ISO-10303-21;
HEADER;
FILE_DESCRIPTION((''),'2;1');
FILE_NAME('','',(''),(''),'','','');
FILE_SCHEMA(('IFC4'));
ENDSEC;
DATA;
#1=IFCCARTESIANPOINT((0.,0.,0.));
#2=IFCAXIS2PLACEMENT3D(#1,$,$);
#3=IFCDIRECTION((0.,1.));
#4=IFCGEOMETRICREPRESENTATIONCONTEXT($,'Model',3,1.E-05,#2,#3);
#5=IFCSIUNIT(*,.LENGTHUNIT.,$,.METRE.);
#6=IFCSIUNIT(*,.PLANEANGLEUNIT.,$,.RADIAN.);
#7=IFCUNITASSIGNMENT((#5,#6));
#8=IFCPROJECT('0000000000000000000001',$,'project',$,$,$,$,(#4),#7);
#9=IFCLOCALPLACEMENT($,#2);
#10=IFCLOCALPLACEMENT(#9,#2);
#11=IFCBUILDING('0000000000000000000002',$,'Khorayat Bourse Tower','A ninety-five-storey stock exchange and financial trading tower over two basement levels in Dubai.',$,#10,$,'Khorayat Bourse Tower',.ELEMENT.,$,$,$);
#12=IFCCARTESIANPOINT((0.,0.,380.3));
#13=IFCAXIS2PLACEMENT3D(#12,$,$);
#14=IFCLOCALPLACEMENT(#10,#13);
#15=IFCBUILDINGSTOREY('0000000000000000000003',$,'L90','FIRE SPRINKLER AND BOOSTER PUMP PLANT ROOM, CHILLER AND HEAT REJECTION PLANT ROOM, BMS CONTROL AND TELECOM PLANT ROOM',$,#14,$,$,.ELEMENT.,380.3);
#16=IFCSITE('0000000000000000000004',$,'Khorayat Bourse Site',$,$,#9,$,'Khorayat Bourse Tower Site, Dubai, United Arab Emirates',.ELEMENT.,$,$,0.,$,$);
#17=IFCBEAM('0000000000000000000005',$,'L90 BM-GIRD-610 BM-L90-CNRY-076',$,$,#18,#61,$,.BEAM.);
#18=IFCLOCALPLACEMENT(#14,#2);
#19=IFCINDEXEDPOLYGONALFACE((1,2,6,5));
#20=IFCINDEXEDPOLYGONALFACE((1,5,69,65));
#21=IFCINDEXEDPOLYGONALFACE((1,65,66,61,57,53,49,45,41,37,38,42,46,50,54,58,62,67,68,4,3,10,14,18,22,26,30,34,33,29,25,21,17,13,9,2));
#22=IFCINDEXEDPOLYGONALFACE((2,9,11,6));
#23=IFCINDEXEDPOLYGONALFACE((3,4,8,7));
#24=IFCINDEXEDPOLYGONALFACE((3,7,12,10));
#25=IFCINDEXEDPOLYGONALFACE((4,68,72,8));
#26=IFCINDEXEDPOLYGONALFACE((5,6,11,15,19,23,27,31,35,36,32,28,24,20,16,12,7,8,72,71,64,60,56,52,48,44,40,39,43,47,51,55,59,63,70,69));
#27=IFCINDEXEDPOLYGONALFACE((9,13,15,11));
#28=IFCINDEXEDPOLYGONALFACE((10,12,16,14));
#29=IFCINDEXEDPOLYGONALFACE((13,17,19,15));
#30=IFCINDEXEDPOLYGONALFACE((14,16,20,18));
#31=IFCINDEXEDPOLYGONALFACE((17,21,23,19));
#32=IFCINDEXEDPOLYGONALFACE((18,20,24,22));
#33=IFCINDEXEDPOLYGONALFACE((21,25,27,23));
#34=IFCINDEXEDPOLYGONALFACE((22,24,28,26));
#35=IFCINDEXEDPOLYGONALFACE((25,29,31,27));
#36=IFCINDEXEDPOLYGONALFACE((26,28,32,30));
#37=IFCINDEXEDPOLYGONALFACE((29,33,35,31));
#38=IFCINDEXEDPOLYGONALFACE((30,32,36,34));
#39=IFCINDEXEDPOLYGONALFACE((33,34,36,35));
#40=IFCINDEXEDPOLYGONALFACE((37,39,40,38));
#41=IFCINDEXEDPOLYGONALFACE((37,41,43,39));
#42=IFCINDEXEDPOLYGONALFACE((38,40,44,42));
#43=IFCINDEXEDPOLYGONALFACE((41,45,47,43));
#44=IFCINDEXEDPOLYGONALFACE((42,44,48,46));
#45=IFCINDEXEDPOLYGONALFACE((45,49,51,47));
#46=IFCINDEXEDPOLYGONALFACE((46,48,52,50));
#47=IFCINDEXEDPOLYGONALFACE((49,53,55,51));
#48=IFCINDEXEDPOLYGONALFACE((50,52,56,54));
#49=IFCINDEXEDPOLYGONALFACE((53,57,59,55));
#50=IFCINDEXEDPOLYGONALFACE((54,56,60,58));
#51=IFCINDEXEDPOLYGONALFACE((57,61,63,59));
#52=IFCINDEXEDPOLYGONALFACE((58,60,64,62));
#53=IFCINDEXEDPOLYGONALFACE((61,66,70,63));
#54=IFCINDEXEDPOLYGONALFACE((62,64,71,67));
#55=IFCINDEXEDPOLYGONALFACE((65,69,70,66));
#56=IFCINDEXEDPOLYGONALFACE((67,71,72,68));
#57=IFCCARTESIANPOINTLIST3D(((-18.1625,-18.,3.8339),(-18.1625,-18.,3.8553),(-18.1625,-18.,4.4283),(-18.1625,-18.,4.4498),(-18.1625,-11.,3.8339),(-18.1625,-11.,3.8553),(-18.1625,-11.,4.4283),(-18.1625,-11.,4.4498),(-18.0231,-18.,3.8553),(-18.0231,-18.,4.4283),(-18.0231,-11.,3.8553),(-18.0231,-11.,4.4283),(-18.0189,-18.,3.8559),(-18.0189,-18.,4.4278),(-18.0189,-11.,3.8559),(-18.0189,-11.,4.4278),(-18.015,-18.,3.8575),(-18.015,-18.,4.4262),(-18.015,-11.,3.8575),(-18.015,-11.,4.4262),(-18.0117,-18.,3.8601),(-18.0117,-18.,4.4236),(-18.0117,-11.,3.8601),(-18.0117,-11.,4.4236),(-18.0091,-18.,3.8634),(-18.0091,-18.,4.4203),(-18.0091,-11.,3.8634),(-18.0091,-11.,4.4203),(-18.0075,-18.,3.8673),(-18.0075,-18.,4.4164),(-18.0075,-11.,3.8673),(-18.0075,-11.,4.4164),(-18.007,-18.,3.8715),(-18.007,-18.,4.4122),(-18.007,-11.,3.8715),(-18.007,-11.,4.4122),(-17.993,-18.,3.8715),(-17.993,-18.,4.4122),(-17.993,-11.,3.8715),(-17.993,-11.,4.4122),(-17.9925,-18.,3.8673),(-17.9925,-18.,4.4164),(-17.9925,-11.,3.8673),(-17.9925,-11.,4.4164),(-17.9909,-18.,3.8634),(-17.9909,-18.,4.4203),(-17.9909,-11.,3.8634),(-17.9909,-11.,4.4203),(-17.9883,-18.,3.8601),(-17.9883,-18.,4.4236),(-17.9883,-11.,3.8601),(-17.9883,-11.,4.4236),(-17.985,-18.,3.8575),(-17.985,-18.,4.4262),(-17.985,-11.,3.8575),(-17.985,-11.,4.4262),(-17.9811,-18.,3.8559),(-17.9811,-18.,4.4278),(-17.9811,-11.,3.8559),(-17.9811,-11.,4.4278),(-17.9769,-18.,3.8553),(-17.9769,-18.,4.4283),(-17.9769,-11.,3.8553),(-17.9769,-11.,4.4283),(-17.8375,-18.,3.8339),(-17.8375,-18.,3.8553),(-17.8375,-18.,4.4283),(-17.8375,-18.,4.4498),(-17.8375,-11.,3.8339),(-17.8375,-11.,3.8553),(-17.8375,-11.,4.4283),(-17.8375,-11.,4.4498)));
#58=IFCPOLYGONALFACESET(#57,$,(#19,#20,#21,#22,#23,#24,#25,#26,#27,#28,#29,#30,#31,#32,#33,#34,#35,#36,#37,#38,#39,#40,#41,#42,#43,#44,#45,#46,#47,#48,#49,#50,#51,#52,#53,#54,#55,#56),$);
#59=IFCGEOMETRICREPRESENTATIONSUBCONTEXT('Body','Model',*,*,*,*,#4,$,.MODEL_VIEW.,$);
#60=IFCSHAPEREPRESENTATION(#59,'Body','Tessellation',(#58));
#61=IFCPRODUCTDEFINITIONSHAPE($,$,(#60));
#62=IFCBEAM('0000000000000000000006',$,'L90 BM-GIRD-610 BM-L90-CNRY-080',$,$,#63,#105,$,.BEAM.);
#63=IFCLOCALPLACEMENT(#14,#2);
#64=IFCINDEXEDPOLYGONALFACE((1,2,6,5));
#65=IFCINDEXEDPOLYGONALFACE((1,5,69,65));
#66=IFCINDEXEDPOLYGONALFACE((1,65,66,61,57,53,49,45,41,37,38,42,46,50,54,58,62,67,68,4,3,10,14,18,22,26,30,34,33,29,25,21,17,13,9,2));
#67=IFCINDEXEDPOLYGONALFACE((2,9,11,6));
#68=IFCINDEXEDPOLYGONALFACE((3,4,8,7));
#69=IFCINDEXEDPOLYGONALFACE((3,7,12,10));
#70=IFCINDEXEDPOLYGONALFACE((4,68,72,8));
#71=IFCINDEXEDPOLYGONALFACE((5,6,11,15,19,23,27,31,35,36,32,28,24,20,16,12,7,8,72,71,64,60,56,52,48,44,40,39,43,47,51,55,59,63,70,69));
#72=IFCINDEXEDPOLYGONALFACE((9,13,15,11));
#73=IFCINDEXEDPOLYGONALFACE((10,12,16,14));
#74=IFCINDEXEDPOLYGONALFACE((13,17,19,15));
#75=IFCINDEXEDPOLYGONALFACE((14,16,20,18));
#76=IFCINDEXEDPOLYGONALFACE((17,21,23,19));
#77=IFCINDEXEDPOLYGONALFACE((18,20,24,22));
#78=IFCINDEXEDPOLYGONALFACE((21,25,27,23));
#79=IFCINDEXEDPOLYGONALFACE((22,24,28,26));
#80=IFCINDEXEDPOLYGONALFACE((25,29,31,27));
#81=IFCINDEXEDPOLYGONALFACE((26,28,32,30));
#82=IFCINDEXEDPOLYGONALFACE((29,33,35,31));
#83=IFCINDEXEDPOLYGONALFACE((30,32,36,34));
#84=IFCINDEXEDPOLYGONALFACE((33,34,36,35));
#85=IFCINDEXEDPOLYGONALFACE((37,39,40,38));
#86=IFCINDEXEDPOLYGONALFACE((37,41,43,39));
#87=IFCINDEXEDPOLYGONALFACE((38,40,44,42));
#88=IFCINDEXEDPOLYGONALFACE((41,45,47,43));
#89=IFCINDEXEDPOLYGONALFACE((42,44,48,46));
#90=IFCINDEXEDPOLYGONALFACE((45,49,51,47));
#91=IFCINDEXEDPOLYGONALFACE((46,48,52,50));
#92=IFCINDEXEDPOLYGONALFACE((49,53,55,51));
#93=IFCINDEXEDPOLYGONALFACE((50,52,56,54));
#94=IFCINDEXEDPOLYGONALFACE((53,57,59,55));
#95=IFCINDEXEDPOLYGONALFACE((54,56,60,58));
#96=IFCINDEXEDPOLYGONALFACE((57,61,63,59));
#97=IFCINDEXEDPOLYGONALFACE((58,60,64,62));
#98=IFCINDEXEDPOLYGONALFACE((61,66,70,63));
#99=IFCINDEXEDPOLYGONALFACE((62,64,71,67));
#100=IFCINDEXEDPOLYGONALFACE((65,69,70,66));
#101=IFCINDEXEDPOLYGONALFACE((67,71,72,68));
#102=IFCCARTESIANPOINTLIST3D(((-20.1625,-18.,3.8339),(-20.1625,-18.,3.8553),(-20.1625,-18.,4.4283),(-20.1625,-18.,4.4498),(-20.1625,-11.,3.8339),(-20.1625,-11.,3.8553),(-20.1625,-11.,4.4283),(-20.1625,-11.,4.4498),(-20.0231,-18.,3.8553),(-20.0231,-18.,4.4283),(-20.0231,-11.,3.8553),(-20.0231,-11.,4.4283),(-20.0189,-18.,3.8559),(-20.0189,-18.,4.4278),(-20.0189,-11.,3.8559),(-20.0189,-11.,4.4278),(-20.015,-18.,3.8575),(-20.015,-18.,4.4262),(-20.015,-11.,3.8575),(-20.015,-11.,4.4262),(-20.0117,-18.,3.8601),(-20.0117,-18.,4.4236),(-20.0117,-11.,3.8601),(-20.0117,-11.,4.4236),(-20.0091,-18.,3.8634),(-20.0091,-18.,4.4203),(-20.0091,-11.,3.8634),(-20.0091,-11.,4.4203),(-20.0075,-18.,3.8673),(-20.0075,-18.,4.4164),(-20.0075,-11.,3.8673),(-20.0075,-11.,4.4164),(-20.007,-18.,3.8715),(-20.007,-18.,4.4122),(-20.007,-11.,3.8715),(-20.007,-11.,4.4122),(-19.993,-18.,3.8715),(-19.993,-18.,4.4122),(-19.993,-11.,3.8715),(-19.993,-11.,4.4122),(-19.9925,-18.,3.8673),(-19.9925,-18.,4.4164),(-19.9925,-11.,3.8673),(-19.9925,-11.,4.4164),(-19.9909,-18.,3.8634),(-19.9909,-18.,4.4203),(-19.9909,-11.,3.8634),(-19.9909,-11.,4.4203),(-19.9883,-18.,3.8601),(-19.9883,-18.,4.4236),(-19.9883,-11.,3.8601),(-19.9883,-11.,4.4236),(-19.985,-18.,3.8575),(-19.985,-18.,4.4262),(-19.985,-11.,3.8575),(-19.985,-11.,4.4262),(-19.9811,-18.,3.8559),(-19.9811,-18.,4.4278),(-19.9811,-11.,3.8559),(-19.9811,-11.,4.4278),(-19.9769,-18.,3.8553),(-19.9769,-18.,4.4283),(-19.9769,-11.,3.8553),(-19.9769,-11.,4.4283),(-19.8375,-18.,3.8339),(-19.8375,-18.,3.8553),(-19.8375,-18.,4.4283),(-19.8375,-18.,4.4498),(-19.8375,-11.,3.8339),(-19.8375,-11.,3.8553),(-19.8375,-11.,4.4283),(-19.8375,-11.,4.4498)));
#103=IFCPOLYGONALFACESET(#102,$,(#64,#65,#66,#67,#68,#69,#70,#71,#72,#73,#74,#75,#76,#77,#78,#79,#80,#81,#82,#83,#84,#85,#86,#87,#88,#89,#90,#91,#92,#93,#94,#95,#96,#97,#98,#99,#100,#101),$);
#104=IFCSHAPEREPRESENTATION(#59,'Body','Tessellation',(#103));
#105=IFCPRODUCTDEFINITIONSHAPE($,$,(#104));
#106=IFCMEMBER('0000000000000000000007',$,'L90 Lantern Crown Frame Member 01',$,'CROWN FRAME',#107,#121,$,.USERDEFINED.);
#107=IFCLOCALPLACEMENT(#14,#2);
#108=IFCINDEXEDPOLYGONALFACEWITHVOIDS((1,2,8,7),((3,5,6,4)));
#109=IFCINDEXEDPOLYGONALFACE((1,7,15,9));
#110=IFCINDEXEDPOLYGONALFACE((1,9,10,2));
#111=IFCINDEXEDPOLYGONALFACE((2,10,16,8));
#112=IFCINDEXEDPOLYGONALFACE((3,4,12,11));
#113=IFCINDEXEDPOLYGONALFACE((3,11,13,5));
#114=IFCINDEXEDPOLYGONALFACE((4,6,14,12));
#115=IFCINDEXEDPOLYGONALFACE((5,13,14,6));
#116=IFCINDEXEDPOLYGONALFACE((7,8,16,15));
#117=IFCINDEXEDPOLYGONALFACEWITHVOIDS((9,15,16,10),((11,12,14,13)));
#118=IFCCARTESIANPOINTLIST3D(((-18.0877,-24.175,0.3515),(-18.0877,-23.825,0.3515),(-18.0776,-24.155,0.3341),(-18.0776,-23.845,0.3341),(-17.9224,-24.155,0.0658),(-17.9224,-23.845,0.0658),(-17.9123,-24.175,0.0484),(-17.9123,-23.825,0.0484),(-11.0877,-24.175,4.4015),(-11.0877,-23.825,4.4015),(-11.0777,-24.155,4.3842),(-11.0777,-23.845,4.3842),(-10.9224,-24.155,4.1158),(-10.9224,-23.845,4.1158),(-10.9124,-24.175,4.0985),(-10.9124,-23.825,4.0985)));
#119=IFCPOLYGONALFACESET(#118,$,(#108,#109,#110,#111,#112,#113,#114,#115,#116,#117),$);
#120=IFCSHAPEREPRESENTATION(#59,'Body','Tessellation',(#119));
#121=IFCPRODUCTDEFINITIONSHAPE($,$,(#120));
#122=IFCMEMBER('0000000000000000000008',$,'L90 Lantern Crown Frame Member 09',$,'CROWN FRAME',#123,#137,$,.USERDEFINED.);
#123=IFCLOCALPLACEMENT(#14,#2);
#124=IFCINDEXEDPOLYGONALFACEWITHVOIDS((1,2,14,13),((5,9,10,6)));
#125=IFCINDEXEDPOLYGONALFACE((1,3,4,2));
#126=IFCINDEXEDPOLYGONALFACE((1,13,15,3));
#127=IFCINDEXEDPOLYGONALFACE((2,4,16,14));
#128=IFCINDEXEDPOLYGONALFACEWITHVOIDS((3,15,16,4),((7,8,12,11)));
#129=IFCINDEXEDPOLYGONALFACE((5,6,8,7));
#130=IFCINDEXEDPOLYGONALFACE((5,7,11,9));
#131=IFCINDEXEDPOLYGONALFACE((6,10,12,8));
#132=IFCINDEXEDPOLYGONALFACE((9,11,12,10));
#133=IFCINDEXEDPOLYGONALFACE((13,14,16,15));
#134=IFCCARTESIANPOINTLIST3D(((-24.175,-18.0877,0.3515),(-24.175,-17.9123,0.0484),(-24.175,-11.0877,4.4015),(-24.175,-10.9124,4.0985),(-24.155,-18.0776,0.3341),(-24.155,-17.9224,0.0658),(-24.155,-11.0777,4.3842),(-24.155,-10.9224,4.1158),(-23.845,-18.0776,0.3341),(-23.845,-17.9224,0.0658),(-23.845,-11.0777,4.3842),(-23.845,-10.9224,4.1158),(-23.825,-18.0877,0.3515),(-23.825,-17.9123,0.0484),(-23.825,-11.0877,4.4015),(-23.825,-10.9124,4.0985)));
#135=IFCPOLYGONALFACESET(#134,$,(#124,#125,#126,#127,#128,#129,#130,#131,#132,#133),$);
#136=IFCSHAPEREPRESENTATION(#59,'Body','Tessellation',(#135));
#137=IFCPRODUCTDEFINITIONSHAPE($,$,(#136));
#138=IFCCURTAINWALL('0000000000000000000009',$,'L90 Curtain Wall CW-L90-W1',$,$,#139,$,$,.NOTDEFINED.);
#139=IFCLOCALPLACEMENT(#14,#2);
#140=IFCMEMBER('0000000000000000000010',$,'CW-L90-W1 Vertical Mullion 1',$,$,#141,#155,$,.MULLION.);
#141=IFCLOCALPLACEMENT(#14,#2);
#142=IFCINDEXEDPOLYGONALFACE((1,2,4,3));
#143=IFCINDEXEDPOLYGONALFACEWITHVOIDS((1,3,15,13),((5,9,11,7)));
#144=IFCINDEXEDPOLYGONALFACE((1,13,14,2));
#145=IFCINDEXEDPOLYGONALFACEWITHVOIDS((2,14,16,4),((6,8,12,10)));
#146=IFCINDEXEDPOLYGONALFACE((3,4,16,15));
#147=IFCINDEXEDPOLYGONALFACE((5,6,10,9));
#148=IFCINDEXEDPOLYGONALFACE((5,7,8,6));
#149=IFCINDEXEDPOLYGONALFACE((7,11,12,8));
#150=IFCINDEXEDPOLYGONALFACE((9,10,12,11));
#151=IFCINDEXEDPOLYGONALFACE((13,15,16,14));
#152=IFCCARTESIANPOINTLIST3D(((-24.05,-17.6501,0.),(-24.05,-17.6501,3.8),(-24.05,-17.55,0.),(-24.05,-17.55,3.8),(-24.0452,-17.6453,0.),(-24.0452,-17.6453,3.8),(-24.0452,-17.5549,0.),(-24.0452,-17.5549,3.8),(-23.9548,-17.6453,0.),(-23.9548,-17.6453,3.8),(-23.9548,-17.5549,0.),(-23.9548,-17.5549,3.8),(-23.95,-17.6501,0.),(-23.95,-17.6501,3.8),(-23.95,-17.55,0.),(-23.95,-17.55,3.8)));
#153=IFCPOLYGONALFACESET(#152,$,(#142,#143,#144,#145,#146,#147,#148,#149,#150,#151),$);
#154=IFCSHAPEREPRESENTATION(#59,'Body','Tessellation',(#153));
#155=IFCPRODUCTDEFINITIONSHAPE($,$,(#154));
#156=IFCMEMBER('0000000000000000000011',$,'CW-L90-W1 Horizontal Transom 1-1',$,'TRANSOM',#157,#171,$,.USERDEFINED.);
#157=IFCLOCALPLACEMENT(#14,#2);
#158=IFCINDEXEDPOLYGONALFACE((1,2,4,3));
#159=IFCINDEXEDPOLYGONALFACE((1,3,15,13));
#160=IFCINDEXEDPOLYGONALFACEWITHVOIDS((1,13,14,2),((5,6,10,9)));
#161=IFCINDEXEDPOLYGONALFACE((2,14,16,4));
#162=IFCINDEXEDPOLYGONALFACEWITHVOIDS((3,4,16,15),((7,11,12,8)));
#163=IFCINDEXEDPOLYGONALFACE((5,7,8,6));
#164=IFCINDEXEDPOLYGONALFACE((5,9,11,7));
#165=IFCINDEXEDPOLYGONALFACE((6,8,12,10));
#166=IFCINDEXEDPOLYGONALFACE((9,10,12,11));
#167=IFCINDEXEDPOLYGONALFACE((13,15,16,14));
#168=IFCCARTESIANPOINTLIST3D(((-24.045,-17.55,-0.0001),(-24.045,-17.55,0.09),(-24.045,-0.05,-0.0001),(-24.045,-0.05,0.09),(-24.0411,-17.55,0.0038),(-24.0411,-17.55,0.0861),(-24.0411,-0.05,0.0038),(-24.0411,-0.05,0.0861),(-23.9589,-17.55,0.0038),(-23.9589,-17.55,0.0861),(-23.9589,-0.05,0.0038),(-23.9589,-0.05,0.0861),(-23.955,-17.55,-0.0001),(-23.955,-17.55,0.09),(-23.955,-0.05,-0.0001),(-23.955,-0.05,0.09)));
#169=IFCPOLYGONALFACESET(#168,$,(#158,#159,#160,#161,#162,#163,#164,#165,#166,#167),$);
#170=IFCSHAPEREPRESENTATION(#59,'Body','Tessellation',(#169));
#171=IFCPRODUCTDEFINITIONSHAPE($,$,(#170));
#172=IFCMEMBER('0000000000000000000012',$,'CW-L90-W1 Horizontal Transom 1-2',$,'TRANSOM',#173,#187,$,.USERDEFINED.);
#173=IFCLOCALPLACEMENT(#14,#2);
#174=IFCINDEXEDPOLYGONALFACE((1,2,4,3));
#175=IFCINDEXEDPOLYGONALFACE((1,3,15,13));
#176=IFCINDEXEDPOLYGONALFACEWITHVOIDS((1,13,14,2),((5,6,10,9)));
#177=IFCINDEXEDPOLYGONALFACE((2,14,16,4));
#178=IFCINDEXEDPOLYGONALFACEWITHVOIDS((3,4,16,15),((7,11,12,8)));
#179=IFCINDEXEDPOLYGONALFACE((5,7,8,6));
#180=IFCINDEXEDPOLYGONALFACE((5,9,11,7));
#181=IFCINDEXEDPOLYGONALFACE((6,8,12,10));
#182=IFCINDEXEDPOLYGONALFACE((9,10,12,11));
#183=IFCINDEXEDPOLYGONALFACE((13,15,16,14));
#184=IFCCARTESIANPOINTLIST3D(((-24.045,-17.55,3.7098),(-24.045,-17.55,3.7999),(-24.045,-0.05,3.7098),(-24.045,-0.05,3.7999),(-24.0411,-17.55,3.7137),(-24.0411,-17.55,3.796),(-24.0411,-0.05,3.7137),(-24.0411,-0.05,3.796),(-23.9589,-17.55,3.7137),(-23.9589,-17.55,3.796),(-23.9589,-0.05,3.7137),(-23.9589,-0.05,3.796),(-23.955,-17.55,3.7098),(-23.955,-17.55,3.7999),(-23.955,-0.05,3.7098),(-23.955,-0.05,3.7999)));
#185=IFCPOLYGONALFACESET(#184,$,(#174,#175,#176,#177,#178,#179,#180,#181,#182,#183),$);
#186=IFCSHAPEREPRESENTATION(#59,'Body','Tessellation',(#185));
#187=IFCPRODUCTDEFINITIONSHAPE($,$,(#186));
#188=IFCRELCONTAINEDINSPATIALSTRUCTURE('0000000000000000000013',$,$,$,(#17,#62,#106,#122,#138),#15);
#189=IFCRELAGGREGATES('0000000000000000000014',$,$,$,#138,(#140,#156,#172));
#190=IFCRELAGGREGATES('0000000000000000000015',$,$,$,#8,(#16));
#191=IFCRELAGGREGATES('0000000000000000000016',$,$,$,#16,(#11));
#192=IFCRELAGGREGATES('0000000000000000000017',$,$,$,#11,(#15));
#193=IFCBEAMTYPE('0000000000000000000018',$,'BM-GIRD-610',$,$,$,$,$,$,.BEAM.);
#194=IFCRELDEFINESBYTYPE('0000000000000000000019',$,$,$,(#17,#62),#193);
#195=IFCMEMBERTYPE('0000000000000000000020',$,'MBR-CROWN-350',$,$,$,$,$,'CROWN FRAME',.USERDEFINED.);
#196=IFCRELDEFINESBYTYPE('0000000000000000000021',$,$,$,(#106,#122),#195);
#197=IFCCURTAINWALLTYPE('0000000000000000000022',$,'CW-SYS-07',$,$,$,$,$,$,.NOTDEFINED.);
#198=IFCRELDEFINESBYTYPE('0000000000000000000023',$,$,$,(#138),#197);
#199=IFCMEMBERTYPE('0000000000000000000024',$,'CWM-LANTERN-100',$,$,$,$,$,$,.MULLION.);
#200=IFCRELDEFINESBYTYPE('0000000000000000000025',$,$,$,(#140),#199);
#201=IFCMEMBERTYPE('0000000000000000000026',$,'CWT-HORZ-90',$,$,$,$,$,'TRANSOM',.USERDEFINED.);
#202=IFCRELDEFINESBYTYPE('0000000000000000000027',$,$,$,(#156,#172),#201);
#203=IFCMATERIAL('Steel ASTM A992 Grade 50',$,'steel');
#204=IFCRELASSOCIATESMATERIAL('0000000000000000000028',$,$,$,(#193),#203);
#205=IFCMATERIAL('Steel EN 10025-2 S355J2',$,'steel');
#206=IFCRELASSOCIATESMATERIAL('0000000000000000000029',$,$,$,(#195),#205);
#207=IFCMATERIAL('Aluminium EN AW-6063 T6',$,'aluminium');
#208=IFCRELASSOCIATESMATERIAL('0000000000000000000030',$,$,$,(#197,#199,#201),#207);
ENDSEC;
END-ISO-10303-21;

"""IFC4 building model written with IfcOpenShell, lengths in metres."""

from ifc_helpers import new_model, si_unit, direction, frame, origin, origin_2d, place, context, subcontext, project, spatial, hollow_rectangle, i_section, extrude, source, transform, mapped, material, material_profile, profile_set, type_object, element, aggregate, save


model = new_model("IFC4")

# Units and contexts
model_context = context("Model", 3, precision=1e-05, world=origin(), true_north=direction((0.0, 1.0)))
body_context = subcontext(model_context, "Body", "Model", "MODEL_VIEW")
ifc_project = project(units=[si_unit("LENGTHUNIT", "METRE"), si_unit("PLANEANGLEUNIT", "RADIAN")], contexts=[model_context])

# Site, building, storey
site_placement = place(None, origin())
site = spatial("IfcSite", under=ifc_project, at=site_placement, Name="Khorayat Bourse Site", LongName="Khorayat Bourse Tower Site, Dubai, United Arab Emirates", CompositionType="ELEMENT", RefElevation=0.0)
building_placement = place(site_placement, origin())
building = spatial("IfcBuilding", under=site, at=building_placement, Name="Khorayat Bourse Tower", Description="A ninety-five-storey stock exchange and financial trading tower over two basement levels in Dubai.", LongName="Khorayat Bourse Tower", CompositionType="ELEMENT")
storey_placement = place(building_placement, frame((0.0, 0.0, 380.3)))
storey = spatial("IfcBuildingStorey", under=building, at=storey_placement, Name="L90", Description="FIRE SPRINKLER AND BOOSTER PUMP PLANT ROOM, CHILLER AND HEAT REJECTION PLANT ROOM, BMS CONTROL AND TELECOM PLANT ROOM", CompositionType="ELEMENT", Elevation=380.3)

# Shared definitions
ifc_material_1 = material(Name="Steel EN 10025-2 S355J2", Category="steel")

# Beams
ifc_material_2 = material(Name="Steel ASTM A992 Grade 50", Category="steel")
ifc_material_profile_1 = material_profile(ifc_material_2, i_section(OverallWidth=0.325, OverallDepth=0.616, WebThickness=0.0139, FlangeThickness=0.0215, FilletRadius=0.0161, at=origin_2d()), Name="W610X174")
ifc_profile_set_1 = profile_set([ifc_material_profile_1], Name="Steel ASTM A992 Grade 50")
beam_type_1 = type_object("IfcBeamType", Name="BM-GIRD-610", PredefinedType="BEAM", material=ifc_profile_set_1)
shared_shape_1 = source(origin(), body_context, "Body", "SweptSolid", [
    extrude(i_section(OverallWidth=0.325, OverallDepth=0.616, WebThickness=0.0139, FlangeThickness=0.0215, FilletRadius=0.0161, at=origin_2d()), origin(), (0.0, 0.0, 1.0), 7.0),
])
for number, where, z_axis, x_axis, name in (
    (1, (-18.0, -18.0, 4.1418), (0.0, 1.0, 0.0), (-1.0, 0.0, 0.0), "L90 BM-GIRD-610 BM-L90-CNRY-076"),
    (2, (-20.0, -18.0, 4.1418), (0.0, 1.0, 0.0), (-1.0, 0.0, 0.0), "L90 BM-GIRD-610 BM-L90-CNRY-080"),
):
    element("IfcBeam", number, at=place(storey_placement, frame(where, z_axis=z_axis, x_axis=x_axis)), inside=storey, type_object=beam_type_1, Name=name, PredefinedType="BEAM", context=body_context, shape_type="MappedRepresentation", body=[
        mapped(shared_shape_1, transform((0.0, 0.0, 0.0), scale=1.0)),
    ])

# Members
ifc_material_profile_2 = material_profile(ifc_material_1, hollow_rectangle(XDim=0.3501, YDim=0.3501, WallThickness=0.02, at=origin_2d()), Name="HSS 350x350x20")
ifc_profile_set_2 = profile_set([ifc_material_profile_2], Name="Steel EN 10025-2 S355J2")
member_type_1 = type_object("IfcMemberType", Name="MBR-CROWN-350", ElementType="CROWN FRAME", PredefinedType="USERDEFINED", material=ifc_profile_set_2)
shared_shape_2 = source(origin(), body_context, "Body", "SweptSolid", [
    extrude(hollow_rectangle(XDim=0.3501, YDim=0.3501, WallThickness=0.02, at=origin_2d()), origin(), (0.0, 0.0, 1.0), 8.0872),
])
for number, where, z_axis, x_axis, name in (
    (3, (-18.0, -24.0, 0.2), (0.865565, 0.0, 0.500797), (0.0, 1.0, 0.0), "L90 Lantern Crown Frame Member 01"),
    (4, (-24.0, -18.0, 0.2), (0.0, 0.865565, 0.500797), (-1.0, 0.0, 0.0), "L90 Lantern Crown Frame Member 09"),
):
    element("IfcMember", number, at=place(storey_placement, frame(where, z_axis=z_axis, x_axis=x_axis)), inside=storey, type_object=member_type_1, Name=name, ObjectType="CROWN FRAME", PredefinedType="USERDEFINED", context=body_context, shape_type="MappedRepresentation", body=[
        mapped(shared_shape_2, transform((0.0, 0.0, 0.0), scale=1.0)),
    ])

# Curtain wall, members
ifc_material_3 = material(Name="Aluminium EN AW-6063 T6", Category="aluminium")
curtain_wall_type = type_object("IfcCurtainWallType", Name="CW-SYS-07", PredefinedType="NOTDEFINED", material=ifc_material_3)
curtain_wall_placement = place(storey_placement, origin())
curtain_wall = element("IfcCurtainWall", 5, at=curtain_wall_placement, inside=storey, type_object=curtain_wall_type, Name="L90 Curtain Wall CW-L90-W1", PredefinedType="NOTDEFINED")
ifc_material_profile_3 = material_profile(ifc_material_3, hollow_rectangle(XDim=0.1001, YDim=0.1001, WallThickness=0.0049, at=origin_2d()), Name="ALU 100x100x5")
ifc_profile_set_3 = profile_set([ifc_material_profile_3], Name="Aluminium EN AW-6063 T6")
member_type_2 = type_object("IfcMemberType", Name="CWM-LANTERN-100", PredefinedType="MULLION", material=ifc_profile_set_3)
shared_shape_3 = source(origin(), body_context, "Body", "SweptSolid", [
    extrude(hollow_rectangle(XDim=0.1001, YDim=0.1001, WallThickness=0.0049, at=origin_2d()), origin(), (0.0, 0.0, 1.0), 3.8),
])
member_1_placement = place(storey_placement, frame((-24.0, -17.6001, 0.0), z_axis=(0.0, 0.0, 1.0), x_axis=(-1.0, 0.0, 0.0)))
member_1 = element("IfcMember", 6, at=member_1_placement, type_object=member_type_2, Name="CW-L90-W1 Vertical Mullion 1", PredefinedType="MULLION", context=body_context, shape_type="MappedRepresentation", body=[
    mapped(shared_shape_3, transform((0.0, 0.0, 0.0), scale=1.0)),
])
ifc_material_profile_4 = material_profile(ifc_material_3, hollow_rectangle(XDim=0.0901, YDim=0.0901, WallThickness=0.0039, at=origin_2d()), Name="ALU 90x90x4")
ifc_profile_set_4 = profile_set([ifc_material_profile_4], Name="Aluminium EN AW-6063 T6")
member_type_3 = type_object("IfcMemberType", Name="CWT-HORZ-90", ElementType="TRANSOM", PredefinedType="USERDEFINED", material=ifc_profile_set_4)
shared_shape_4 = source(origin(), body_context, "Body", "SweptSolid", [
    extrude(hollow_rectangle(XDim=0.0901, YDim=0.0901, WallThickness=0.0039, at=origin_2d()), origin(), (0.0, 0.0, 1.0), 17.5),
])
member_2_placement = place(storey_placement, frame((-24.0, -17.55, 0.0449), z_axis=(0.0, 1.0, 0.0), x_axis=(-1.0, 0.0, 0.0)))
member_2 = element("IfcMember", 7, at=member_2_placement, type_object=member_type_3, Name="CW-L90-W1 Horizontal Transom 1-1", ObjectType="TRANSOM", PredefinedType="USERDEFINED", context=body_context, shape_type="MappedRepresentation", body=[
    mapped(shared_shape_4, transform((0.0, 0.0, 0.0), scale=1.0)),
])
member_3_placement = place(storey_placement, frame((-24.0, -17.55, 3.7549), z_axis=(0.0, 1.0, 0.0), x_axis=(-1.0, 0.0, 0.0)))
member_3 = element("IfcMember", 8, at=member_3_placement, type_object=member_type_3, Name="CW-L90-W1 Horizontal Transom 1-2", ObjectType="TRANSOM", PredefinedType="USERDEFINED", context=body_context, shape_type="MappedRepresentation", body=[
    mapped(shared_shape_4, transform((0.0, 0.0, 0.0), scale=1.0)),
])
aggregate(curtain_wall, [member_1, member_2, member_3])

save(model, "model.ifc")
